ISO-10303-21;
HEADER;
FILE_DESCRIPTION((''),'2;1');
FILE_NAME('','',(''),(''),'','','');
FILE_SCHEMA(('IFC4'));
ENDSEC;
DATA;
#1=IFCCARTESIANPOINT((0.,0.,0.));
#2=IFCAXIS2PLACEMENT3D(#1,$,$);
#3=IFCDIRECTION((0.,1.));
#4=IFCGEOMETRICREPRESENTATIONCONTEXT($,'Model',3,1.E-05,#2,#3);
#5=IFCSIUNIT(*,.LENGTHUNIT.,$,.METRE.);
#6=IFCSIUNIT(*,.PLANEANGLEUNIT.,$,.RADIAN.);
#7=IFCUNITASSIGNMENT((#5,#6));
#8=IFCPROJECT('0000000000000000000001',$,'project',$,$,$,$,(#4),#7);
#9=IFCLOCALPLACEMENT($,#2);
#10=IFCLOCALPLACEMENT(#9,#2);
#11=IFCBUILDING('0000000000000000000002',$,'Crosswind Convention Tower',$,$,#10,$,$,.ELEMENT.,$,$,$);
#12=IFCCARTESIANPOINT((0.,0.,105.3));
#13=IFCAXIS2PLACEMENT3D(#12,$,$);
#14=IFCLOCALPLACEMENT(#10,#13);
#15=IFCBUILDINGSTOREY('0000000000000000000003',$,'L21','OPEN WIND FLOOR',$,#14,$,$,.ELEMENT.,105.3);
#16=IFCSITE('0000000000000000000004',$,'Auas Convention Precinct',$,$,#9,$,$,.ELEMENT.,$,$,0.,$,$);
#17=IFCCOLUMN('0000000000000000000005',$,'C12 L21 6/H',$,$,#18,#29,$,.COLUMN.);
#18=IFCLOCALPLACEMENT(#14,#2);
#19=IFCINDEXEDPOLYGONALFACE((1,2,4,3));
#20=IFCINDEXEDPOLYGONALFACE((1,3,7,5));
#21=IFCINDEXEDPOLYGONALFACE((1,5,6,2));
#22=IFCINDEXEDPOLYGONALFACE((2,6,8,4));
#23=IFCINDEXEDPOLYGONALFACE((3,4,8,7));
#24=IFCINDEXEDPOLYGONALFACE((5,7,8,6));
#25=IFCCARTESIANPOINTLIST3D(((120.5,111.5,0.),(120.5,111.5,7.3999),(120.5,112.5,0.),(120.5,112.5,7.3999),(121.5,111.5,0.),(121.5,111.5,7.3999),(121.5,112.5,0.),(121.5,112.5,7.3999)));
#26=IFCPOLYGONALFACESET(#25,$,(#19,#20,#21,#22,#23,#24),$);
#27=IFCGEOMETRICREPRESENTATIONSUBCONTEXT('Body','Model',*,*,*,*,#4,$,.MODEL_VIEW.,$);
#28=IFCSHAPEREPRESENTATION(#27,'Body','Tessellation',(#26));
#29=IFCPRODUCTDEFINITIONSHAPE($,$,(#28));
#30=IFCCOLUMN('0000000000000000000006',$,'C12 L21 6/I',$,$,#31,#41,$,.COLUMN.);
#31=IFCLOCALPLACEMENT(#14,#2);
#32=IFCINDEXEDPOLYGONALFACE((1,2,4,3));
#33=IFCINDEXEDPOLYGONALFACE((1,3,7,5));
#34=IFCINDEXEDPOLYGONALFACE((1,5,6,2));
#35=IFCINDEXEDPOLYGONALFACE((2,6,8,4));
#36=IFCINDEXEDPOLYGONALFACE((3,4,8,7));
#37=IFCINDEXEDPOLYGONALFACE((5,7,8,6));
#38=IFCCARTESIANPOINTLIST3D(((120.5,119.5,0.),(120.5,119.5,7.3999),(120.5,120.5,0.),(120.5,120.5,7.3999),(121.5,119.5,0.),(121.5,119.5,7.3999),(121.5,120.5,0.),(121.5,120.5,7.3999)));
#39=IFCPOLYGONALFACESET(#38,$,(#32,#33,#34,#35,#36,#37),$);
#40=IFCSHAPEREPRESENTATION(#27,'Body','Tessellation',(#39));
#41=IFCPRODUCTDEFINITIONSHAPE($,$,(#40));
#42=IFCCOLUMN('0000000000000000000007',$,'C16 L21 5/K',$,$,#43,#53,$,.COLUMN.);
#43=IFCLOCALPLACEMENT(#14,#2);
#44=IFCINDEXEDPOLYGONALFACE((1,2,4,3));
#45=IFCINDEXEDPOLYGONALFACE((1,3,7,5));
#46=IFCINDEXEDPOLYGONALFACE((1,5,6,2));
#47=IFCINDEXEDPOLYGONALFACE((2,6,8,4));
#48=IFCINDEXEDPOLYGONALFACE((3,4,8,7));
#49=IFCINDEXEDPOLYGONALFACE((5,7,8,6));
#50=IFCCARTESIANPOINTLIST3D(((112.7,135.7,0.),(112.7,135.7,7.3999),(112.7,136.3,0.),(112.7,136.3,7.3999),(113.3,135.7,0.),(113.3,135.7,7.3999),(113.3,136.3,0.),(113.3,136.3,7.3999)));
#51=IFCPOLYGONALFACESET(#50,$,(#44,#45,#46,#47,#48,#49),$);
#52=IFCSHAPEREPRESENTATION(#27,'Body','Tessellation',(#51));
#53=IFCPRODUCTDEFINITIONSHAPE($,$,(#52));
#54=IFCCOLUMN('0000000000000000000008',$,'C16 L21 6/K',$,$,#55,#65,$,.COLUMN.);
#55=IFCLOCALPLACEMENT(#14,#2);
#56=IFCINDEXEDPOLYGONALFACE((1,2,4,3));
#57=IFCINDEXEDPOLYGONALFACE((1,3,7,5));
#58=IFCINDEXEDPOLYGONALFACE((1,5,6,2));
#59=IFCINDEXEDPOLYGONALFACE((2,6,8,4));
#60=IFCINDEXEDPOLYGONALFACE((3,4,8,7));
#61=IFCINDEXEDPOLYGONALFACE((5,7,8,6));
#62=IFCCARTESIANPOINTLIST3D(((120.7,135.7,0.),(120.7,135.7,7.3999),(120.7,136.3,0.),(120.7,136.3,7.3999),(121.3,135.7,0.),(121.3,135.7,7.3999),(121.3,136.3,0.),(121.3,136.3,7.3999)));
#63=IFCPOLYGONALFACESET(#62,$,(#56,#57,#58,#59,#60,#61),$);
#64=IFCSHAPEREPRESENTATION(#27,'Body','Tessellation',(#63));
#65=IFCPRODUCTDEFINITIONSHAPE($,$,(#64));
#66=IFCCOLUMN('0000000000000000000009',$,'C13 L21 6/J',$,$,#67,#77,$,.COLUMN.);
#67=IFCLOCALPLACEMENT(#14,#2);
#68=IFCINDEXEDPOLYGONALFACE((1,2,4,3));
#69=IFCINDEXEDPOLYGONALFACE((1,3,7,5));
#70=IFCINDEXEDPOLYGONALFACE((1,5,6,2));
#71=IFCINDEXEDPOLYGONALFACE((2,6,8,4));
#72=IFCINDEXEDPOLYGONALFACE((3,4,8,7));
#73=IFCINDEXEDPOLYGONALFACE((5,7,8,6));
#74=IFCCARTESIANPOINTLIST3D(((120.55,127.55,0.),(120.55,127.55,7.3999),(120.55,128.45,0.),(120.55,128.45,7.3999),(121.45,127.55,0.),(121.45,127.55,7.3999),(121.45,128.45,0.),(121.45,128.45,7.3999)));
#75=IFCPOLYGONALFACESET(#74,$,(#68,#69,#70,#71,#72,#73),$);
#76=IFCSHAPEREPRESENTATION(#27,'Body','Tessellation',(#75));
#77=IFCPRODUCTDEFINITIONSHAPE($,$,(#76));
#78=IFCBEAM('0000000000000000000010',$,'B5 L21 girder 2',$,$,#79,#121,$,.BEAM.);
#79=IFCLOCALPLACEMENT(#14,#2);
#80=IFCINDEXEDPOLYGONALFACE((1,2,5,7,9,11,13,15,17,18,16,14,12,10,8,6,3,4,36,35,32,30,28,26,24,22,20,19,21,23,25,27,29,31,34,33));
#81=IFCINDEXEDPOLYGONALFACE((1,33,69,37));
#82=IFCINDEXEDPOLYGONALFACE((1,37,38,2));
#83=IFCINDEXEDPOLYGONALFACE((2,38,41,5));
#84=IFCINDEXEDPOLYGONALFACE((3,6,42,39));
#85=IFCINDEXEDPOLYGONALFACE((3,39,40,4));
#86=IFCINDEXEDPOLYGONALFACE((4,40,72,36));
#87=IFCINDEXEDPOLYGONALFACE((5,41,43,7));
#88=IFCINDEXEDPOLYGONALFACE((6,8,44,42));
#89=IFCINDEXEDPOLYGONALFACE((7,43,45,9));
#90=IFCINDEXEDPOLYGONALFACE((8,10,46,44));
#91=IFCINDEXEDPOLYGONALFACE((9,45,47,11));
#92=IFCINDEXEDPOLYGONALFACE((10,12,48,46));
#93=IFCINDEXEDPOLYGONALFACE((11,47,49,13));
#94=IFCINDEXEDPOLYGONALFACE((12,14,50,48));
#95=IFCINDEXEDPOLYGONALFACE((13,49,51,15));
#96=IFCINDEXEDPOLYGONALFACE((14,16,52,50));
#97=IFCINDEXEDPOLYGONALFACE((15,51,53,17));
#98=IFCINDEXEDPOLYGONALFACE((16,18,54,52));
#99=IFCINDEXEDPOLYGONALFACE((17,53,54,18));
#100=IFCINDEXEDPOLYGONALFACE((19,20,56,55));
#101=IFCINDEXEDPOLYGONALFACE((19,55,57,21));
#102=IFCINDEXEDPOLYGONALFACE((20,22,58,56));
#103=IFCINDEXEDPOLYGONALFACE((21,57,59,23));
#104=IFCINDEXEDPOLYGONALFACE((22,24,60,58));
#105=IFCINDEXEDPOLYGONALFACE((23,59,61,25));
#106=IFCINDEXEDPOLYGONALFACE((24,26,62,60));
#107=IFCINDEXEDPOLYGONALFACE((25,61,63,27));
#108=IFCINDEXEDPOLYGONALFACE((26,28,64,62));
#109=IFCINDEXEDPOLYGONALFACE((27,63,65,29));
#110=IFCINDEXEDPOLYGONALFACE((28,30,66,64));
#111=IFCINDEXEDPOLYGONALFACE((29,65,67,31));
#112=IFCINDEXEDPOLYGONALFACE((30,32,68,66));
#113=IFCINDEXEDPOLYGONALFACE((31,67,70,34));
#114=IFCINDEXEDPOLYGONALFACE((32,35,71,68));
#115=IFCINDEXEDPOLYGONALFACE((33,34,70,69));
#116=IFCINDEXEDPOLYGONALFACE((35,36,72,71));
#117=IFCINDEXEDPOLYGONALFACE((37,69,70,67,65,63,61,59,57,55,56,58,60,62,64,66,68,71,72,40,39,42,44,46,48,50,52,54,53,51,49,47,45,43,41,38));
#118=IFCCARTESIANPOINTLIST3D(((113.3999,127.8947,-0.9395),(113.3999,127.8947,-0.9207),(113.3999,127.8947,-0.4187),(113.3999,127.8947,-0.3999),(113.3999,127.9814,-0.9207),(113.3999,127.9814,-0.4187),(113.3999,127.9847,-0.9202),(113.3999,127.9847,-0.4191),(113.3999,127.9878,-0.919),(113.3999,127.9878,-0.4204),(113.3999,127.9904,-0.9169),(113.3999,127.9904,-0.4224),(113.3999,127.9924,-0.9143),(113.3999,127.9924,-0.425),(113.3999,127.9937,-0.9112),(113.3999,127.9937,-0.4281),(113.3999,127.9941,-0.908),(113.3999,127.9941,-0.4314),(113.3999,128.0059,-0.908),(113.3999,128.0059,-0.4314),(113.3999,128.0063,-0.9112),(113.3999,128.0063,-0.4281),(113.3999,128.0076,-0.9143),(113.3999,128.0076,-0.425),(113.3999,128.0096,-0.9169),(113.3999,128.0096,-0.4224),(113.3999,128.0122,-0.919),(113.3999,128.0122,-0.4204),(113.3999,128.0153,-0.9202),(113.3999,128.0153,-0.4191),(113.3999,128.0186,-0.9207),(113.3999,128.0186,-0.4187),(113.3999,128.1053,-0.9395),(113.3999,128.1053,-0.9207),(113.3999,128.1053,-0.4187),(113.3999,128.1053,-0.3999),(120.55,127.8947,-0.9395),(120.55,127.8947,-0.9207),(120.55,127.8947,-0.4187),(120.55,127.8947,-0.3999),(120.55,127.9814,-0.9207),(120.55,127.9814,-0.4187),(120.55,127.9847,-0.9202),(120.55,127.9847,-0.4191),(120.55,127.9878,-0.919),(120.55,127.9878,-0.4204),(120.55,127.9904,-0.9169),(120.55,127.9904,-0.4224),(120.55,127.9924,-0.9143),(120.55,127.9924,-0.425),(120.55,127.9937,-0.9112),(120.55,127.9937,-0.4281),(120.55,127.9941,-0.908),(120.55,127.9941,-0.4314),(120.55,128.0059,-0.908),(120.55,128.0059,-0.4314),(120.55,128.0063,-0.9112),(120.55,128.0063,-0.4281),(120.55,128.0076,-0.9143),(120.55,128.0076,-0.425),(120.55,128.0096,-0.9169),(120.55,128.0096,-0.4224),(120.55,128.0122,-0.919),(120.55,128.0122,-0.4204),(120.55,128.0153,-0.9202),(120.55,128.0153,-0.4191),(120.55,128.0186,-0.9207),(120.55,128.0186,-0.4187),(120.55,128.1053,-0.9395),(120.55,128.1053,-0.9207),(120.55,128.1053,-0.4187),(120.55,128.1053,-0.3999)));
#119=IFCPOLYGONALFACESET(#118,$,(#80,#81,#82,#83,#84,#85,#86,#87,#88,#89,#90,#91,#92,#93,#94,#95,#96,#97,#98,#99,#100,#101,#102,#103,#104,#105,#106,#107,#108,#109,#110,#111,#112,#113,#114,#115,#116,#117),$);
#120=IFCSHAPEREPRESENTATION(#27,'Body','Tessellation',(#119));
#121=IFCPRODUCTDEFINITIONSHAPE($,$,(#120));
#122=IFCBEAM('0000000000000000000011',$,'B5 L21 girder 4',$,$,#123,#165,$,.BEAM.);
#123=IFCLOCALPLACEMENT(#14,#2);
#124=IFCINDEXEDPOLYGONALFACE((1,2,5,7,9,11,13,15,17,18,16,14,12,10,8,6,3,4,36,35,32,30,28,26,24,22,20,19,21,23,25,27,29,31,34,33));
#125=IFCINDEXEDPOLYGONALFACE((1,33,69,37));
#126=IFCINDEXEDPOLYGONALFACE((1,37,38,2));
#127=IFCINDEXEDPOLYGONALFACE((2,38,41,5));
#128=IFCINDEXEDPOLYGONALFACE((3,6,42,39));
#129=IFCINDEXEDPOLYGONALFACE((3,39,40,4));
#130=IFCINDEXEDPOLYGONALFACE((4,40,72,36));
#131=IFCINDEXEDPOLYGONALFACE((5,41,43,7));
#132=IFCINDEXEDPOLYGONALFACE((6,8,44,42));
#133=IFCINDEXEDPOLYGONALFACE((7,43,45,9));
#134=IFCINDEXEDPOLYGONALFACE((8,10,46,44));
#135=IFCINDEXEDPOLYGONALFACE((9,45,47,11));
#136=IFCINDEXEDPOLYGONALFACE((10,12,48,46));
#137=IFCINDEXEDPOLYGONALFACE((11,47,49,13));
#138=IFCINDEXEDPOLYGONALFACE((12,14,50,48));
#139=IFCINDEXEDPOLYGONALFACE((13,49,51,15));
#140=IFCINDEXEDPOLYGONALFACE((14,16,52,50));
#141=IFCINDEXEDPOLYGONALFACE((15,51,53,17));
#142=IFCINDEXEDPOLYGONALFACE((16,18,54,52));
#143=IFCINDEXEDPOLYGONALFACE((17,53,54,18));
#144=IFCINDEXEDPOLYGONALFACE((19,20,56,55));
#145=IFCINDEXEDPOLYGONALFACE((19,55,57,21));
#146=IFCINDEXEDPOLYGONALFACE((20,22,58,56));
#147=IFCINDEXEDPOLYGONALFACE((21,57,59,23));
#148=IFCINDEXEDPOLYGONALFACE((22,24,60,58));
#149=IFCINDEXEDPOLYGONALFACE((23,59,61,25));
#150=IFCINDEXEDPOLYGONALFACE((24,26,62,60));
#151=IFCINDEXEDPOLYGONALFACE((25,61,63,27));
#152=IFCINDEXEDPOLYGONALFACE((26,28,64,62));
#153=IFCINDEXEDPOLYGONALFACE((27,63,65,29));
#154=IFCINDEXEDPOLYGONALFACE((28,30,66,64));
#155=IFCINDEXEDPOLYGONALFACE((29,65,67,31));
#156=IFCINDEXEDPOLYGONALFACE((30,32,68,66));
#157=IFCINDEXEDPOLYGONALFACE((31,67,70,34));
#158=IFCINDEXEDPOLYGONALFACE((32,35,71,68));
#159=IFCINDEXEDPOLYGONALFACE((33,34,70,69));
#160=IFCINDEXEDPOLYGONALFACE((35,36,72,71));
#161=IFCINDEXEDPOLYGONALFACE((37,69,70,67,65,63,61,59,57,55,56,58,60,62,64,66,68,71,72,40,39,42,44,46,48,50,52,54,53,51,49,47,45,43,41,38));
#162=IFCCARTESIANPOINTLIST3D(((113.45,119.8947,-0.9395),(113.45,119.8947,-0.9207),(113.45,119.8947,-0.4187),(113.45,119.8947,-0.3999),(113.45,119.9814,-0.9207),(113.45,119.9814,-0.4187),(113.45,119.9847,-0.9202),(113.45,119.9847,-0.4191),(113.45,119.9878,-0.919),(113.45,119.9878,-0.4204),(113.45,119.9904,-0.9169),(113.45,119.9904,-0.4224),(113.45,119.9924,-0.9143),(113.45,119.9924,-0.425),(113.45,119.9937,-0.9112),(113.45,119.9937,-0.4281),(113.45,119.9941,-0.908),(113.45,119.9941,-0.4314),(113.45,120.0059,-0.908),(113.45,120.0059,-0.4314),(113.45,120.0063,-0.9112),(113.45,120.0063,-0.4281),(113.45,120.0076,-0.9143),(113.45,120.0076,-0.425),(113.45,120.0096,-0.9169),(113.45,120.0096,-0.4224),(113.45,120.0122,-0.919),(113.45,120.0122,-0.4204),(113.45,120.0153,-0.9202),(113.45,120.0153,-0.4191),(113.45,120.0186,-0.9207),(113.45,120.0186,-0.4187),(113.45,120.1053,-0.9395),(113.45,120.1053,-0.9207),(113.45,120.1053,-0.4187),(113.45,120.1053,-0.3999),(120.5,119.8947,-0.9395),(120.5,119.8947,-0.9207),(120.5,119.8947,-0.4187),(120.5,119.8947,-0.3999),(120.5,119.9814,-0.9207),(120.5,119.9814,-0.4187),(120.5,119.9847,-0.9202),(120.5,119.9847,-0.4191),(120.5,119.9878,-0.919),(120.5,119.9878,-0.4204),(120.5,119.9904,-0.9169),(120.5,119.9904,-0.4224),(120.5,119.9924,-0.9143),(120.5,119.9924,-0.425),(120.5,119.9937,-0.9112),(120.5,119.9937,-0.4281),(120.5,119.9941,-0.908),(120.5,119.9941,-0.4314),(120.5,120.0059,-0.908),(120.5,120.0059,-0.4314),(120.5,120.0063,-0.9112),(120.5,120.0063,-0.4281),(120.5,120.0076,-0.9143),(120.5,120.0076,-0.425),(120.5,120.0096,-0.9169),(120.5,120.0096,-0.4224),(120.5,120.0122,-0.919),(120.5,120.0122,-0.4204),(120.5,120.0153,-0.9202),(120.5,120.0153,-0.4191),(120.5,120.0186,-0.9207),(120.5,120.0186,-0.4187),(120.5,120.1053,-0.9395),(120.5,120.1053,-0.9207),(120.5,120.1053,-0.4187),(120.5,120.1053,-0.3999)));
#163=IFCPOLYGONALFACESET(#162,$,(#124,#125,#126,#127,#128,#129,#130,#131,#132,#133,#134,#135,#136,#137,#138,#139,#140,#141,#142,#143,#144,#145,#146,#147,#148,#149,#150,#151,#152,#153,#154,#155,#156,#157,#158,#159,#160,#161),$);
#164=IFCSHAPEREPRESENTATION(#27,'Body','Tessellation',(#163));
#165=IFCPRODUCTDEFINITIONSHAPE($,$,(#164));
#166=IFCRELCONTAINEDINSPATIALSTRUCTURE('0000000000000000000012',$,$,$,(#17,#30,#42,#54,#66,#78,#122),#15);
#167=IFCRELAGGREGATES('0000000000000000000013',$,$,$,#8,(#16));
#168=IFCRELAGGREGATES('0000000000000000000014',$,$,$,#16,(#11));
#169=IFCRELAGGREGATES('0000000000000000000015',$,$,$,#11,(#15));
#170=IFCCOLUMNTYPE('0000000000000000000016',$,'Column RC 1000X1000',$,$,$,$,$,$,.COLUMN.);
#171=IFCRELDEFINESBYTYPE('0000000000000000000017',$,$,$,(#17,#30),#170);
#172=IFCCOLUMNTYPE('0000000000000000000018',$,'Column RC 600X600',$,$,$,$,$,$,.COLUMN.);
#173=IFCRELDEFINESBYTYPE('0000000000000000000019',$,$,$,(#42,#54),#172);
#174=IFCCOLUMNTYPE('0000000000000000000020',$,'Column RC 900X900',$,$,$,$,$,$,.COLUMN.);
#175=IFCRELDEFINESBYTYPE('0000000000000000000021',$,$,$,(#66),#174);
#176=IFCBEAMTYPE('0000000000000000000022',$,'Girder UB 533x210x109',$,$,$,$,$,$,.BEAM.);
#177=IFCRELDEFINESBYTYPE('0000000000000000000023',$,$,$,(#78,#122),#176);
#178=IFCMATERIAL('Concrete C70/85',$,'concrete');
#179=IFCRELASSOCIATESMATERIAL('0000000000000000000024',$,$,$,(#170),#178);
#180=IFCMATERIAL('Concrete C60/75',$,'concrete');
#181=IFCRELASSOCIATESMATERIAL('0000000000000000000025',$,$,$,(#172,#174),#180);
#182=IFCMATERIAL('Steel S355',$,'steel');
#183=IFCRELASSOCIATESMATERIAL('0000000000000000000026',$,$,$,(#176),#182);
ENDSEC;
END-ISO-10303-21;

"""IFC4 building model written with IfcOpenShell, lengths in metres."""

from ifc_helpers import new_model, si_unit, direction, frame, origin, origin_2d, place, context, subcontext, project, spatial, rectangle, i_section, extrude, material, material_profile, profile_set, type_object, element, save


model = new_model("IFC4")

# Units and contexts
model_context = context("Model", 3, precision=1e-05, world=origin(), true_north=direction((0.0, 1.0)))
body_context = subcontext(model_context, "Body", "Model", "MODEL_VIEW")
ifc_project = project(units=[si_unit("LENGTHUNIT", "METRE"), si_unit("PLANEANGLEUNIT", "RADIAN")], contexts=[model_context])

# Site, building, storey
site_placement = place(None, origin())
site = spatial("IfcSite", under=ifc_project, at=site_placement, Name="Auas Convention Precinct", CompositionType="ELEMENT", RefElevation=0.0)
building_placement = place(site_placement, origin())
building = spatial("IfcBuilding", under=site, at=building_placement, Name="Crosswind Convention Tower", CompositionType="ELEMENT")
storey_placement = place(building_placement, frame((0.0, 0.0, 105.3)))
storey = spatial("IfcBuildingStorey", under=building, at=storey_placement, Name="L21", Description="OPEN WIND FLOOR", CompositionType="ELEMENT", Elevation=105.3)

# Columns
ifc_material_1 = material(Name="Concrete C70/85", Category="concrete")
ifc_material_profile_1 = material_profile(ifc_material_1, rectangle(XDim=1.0, YDim=1.0, at=origin_2d()), Name="RC 1000X1000")
ifc_profile_set_1 = profile_set([ifc_material_profile_1], Name="Concrete C70/85")
column_type_1 = type_object("IfcColumnType", Name="Column RC 1000X1000", PredefinedType="COLUMN", material=ifc_profile_set_1)
for number, where, z_axis, x_axis, name in (
    (1, (121.0, 112.0, 0.0), (0.0, 0.0, 1.0), (1.0, 0.0, 0.0), "C12 L21 6/H"),
    (2, (121.0, 120.0, 0.0), (0.0, 0.0, 1.0), (1.0, 0.0, 0.0), "C12 L21 6/I"),
):
    element("IfcColumn", number, at=place(storey_placement, frame(where, z_axis=z_axis, x_axis=x_axis)), inside=storey, type_object=column_type_1, Name=name, PredefinedType="COLUMN", context=body_context, shape_type="SweptSolid", body=[
        extrude(rectangle(XDim=1.0, YDim=1.0, at=origin_2d()), origin(), (0.0, 0.0, 1.0), 7.3999),
    ])
ifc_material_2 = material(Name="Concrete C60/75", Category="concrete")
ifc_material_profile_2 = material_profile(ifc_material_2, rectangle(XDim=0.6001, YDim=0.6001, at=origin_2d()), Name="RC 600X600")
ifc_profile_set_2 = profile_set([ifc_material_profile_2], Name="Concrete C60/75")
column_type_2 = type_object("IfcColumnType", Name="Column RC 600X600", PredefinedType="COLUMN", material=ifc_profile_set_2)
for number, where, z_axis, x_axis, name in (
    (3, (113.0, 136.0, 0.0), (0.0, 0.0, 1.0), (1.0, 0.0, 0.0), "C16 L21 5/K"),
    (4, (121.0, 136.0, 0.0), (0.0, 0.0, 1.0), (1.0, 0.0, 0.0), "C16 L21 6/K"),
):
    element("IfcColumn", number, at=place(storey_placement, frame(where, z_axis=z_axis, x_axis=x_axis)), inside=storey, type_object=column_type_2, Name=name, PredefinedType="COLUMN", context=body_context, shape_type="SweptSolid", body=[
        extrude(rectangle(XDim=0.6001, YDim=0.6001, at=origin_2d()), origin(), (0.0, 0.0, 1.0), 7.3999),
    ])
ifc_material_profile_3 = material_profile(ifc_material_2, rectangle(XDim=0.8999, YDim=0.8999, at=origin_2d()), Name="RC 900X900")
ifc_profile_set_3 = profile_set([ifc_material_profile_3], Name="Concrete C60/75")
column_type_3 = type_object("IfcColumnType", Name="Column RC 900X900", PredefinedType="COLUMN", material=ifc_profile_set_3)
column_placement = place(storey_placement, frame((121.0, 128.0, 0.0), z_axis=(0.0, 0.0, 1.0), x_axis=(1.0, 0.0, 0.0)))
element("IfcColumn", 5, at=column_placement, inside=storey, type_object=column_type_3, Name="C13 L21 6/J", PredefinedType="COLUMN", context=body_context, shape_type="SweptSolid", body=[
    extrude(rectangle(XDim=0.8999, YDim=0.8999, at=origin_2d()), origin(), (0.0, 0.0, 1.0), 7.3999),
])

# Beams
ifc_material_3 = material(Name="Steel S355", Category="steel")
ifc_material_profile_4 = material_profile(ifc_material_3, i_section(OverallWidth=0.2107, OverallDepth=0.5396, WebThickness=0.0117, FlangeThickness=0.0188, FilletRadius=0.0127, at=origin_2d()), Name="UB 533x210x109")
ifc_profile_set_4 = profile_set([ifc_material_profile_4], Name="Steel S355")
beam_type_1 = type_object("IfcBeamType", Name="Girder UB 533x210x109", PredefinedType="BEAM", material=ifc_profile_set_4)
beam_1_placement = place(storey_placement, frame((113.3999, 128.0, -0.6697), z_axis=(1.0, 0.0, 0.0), x_axis=(0.0, 1.0, 0.0)))
element("IfcBeam", 6, at=beam_1_placement, inside=storey, type_object=beam_type_1, Name="B5 L21 girder 2", PredefinedType="BEAM", context=body_context, shape_type="SweptSolid", body=[
    extrude(i_section(OverallWidth=0.2107, OverallDepth=0.5396, WebThickness=0.0117, FlangeThickness=0.0188, FilletRadius=0.0127, at=origin_2d()), origin(), (0.0, 0.0, 1.0), 7.1501),
])
beam_2_placement = place(storey_placement, frame((113.45, 120.0, -0.6697), z_axis=(1.0, 0.0, 0.0), x_axis=(0.0, 1.0, 0.0)))
element("IfcBeam", 7, at=beam_2_placement, inside=storey, type_object=beam_type_1, Name="B5 L21 girder 4", PredefinedType="BEAM", context=body_context, shape_type="SweptSolid", body=[
    extrude(i_section(OverallWidth=0.2107, OverallDepth=0.5396, WebThickness=0.0117, FlangeThickness=0.0188, FilletRadius=0.0127, at=origin_2d()), origin(), (0.0, 0.0, 1.0), 7.05),
])

save(model, "model.ifc")
